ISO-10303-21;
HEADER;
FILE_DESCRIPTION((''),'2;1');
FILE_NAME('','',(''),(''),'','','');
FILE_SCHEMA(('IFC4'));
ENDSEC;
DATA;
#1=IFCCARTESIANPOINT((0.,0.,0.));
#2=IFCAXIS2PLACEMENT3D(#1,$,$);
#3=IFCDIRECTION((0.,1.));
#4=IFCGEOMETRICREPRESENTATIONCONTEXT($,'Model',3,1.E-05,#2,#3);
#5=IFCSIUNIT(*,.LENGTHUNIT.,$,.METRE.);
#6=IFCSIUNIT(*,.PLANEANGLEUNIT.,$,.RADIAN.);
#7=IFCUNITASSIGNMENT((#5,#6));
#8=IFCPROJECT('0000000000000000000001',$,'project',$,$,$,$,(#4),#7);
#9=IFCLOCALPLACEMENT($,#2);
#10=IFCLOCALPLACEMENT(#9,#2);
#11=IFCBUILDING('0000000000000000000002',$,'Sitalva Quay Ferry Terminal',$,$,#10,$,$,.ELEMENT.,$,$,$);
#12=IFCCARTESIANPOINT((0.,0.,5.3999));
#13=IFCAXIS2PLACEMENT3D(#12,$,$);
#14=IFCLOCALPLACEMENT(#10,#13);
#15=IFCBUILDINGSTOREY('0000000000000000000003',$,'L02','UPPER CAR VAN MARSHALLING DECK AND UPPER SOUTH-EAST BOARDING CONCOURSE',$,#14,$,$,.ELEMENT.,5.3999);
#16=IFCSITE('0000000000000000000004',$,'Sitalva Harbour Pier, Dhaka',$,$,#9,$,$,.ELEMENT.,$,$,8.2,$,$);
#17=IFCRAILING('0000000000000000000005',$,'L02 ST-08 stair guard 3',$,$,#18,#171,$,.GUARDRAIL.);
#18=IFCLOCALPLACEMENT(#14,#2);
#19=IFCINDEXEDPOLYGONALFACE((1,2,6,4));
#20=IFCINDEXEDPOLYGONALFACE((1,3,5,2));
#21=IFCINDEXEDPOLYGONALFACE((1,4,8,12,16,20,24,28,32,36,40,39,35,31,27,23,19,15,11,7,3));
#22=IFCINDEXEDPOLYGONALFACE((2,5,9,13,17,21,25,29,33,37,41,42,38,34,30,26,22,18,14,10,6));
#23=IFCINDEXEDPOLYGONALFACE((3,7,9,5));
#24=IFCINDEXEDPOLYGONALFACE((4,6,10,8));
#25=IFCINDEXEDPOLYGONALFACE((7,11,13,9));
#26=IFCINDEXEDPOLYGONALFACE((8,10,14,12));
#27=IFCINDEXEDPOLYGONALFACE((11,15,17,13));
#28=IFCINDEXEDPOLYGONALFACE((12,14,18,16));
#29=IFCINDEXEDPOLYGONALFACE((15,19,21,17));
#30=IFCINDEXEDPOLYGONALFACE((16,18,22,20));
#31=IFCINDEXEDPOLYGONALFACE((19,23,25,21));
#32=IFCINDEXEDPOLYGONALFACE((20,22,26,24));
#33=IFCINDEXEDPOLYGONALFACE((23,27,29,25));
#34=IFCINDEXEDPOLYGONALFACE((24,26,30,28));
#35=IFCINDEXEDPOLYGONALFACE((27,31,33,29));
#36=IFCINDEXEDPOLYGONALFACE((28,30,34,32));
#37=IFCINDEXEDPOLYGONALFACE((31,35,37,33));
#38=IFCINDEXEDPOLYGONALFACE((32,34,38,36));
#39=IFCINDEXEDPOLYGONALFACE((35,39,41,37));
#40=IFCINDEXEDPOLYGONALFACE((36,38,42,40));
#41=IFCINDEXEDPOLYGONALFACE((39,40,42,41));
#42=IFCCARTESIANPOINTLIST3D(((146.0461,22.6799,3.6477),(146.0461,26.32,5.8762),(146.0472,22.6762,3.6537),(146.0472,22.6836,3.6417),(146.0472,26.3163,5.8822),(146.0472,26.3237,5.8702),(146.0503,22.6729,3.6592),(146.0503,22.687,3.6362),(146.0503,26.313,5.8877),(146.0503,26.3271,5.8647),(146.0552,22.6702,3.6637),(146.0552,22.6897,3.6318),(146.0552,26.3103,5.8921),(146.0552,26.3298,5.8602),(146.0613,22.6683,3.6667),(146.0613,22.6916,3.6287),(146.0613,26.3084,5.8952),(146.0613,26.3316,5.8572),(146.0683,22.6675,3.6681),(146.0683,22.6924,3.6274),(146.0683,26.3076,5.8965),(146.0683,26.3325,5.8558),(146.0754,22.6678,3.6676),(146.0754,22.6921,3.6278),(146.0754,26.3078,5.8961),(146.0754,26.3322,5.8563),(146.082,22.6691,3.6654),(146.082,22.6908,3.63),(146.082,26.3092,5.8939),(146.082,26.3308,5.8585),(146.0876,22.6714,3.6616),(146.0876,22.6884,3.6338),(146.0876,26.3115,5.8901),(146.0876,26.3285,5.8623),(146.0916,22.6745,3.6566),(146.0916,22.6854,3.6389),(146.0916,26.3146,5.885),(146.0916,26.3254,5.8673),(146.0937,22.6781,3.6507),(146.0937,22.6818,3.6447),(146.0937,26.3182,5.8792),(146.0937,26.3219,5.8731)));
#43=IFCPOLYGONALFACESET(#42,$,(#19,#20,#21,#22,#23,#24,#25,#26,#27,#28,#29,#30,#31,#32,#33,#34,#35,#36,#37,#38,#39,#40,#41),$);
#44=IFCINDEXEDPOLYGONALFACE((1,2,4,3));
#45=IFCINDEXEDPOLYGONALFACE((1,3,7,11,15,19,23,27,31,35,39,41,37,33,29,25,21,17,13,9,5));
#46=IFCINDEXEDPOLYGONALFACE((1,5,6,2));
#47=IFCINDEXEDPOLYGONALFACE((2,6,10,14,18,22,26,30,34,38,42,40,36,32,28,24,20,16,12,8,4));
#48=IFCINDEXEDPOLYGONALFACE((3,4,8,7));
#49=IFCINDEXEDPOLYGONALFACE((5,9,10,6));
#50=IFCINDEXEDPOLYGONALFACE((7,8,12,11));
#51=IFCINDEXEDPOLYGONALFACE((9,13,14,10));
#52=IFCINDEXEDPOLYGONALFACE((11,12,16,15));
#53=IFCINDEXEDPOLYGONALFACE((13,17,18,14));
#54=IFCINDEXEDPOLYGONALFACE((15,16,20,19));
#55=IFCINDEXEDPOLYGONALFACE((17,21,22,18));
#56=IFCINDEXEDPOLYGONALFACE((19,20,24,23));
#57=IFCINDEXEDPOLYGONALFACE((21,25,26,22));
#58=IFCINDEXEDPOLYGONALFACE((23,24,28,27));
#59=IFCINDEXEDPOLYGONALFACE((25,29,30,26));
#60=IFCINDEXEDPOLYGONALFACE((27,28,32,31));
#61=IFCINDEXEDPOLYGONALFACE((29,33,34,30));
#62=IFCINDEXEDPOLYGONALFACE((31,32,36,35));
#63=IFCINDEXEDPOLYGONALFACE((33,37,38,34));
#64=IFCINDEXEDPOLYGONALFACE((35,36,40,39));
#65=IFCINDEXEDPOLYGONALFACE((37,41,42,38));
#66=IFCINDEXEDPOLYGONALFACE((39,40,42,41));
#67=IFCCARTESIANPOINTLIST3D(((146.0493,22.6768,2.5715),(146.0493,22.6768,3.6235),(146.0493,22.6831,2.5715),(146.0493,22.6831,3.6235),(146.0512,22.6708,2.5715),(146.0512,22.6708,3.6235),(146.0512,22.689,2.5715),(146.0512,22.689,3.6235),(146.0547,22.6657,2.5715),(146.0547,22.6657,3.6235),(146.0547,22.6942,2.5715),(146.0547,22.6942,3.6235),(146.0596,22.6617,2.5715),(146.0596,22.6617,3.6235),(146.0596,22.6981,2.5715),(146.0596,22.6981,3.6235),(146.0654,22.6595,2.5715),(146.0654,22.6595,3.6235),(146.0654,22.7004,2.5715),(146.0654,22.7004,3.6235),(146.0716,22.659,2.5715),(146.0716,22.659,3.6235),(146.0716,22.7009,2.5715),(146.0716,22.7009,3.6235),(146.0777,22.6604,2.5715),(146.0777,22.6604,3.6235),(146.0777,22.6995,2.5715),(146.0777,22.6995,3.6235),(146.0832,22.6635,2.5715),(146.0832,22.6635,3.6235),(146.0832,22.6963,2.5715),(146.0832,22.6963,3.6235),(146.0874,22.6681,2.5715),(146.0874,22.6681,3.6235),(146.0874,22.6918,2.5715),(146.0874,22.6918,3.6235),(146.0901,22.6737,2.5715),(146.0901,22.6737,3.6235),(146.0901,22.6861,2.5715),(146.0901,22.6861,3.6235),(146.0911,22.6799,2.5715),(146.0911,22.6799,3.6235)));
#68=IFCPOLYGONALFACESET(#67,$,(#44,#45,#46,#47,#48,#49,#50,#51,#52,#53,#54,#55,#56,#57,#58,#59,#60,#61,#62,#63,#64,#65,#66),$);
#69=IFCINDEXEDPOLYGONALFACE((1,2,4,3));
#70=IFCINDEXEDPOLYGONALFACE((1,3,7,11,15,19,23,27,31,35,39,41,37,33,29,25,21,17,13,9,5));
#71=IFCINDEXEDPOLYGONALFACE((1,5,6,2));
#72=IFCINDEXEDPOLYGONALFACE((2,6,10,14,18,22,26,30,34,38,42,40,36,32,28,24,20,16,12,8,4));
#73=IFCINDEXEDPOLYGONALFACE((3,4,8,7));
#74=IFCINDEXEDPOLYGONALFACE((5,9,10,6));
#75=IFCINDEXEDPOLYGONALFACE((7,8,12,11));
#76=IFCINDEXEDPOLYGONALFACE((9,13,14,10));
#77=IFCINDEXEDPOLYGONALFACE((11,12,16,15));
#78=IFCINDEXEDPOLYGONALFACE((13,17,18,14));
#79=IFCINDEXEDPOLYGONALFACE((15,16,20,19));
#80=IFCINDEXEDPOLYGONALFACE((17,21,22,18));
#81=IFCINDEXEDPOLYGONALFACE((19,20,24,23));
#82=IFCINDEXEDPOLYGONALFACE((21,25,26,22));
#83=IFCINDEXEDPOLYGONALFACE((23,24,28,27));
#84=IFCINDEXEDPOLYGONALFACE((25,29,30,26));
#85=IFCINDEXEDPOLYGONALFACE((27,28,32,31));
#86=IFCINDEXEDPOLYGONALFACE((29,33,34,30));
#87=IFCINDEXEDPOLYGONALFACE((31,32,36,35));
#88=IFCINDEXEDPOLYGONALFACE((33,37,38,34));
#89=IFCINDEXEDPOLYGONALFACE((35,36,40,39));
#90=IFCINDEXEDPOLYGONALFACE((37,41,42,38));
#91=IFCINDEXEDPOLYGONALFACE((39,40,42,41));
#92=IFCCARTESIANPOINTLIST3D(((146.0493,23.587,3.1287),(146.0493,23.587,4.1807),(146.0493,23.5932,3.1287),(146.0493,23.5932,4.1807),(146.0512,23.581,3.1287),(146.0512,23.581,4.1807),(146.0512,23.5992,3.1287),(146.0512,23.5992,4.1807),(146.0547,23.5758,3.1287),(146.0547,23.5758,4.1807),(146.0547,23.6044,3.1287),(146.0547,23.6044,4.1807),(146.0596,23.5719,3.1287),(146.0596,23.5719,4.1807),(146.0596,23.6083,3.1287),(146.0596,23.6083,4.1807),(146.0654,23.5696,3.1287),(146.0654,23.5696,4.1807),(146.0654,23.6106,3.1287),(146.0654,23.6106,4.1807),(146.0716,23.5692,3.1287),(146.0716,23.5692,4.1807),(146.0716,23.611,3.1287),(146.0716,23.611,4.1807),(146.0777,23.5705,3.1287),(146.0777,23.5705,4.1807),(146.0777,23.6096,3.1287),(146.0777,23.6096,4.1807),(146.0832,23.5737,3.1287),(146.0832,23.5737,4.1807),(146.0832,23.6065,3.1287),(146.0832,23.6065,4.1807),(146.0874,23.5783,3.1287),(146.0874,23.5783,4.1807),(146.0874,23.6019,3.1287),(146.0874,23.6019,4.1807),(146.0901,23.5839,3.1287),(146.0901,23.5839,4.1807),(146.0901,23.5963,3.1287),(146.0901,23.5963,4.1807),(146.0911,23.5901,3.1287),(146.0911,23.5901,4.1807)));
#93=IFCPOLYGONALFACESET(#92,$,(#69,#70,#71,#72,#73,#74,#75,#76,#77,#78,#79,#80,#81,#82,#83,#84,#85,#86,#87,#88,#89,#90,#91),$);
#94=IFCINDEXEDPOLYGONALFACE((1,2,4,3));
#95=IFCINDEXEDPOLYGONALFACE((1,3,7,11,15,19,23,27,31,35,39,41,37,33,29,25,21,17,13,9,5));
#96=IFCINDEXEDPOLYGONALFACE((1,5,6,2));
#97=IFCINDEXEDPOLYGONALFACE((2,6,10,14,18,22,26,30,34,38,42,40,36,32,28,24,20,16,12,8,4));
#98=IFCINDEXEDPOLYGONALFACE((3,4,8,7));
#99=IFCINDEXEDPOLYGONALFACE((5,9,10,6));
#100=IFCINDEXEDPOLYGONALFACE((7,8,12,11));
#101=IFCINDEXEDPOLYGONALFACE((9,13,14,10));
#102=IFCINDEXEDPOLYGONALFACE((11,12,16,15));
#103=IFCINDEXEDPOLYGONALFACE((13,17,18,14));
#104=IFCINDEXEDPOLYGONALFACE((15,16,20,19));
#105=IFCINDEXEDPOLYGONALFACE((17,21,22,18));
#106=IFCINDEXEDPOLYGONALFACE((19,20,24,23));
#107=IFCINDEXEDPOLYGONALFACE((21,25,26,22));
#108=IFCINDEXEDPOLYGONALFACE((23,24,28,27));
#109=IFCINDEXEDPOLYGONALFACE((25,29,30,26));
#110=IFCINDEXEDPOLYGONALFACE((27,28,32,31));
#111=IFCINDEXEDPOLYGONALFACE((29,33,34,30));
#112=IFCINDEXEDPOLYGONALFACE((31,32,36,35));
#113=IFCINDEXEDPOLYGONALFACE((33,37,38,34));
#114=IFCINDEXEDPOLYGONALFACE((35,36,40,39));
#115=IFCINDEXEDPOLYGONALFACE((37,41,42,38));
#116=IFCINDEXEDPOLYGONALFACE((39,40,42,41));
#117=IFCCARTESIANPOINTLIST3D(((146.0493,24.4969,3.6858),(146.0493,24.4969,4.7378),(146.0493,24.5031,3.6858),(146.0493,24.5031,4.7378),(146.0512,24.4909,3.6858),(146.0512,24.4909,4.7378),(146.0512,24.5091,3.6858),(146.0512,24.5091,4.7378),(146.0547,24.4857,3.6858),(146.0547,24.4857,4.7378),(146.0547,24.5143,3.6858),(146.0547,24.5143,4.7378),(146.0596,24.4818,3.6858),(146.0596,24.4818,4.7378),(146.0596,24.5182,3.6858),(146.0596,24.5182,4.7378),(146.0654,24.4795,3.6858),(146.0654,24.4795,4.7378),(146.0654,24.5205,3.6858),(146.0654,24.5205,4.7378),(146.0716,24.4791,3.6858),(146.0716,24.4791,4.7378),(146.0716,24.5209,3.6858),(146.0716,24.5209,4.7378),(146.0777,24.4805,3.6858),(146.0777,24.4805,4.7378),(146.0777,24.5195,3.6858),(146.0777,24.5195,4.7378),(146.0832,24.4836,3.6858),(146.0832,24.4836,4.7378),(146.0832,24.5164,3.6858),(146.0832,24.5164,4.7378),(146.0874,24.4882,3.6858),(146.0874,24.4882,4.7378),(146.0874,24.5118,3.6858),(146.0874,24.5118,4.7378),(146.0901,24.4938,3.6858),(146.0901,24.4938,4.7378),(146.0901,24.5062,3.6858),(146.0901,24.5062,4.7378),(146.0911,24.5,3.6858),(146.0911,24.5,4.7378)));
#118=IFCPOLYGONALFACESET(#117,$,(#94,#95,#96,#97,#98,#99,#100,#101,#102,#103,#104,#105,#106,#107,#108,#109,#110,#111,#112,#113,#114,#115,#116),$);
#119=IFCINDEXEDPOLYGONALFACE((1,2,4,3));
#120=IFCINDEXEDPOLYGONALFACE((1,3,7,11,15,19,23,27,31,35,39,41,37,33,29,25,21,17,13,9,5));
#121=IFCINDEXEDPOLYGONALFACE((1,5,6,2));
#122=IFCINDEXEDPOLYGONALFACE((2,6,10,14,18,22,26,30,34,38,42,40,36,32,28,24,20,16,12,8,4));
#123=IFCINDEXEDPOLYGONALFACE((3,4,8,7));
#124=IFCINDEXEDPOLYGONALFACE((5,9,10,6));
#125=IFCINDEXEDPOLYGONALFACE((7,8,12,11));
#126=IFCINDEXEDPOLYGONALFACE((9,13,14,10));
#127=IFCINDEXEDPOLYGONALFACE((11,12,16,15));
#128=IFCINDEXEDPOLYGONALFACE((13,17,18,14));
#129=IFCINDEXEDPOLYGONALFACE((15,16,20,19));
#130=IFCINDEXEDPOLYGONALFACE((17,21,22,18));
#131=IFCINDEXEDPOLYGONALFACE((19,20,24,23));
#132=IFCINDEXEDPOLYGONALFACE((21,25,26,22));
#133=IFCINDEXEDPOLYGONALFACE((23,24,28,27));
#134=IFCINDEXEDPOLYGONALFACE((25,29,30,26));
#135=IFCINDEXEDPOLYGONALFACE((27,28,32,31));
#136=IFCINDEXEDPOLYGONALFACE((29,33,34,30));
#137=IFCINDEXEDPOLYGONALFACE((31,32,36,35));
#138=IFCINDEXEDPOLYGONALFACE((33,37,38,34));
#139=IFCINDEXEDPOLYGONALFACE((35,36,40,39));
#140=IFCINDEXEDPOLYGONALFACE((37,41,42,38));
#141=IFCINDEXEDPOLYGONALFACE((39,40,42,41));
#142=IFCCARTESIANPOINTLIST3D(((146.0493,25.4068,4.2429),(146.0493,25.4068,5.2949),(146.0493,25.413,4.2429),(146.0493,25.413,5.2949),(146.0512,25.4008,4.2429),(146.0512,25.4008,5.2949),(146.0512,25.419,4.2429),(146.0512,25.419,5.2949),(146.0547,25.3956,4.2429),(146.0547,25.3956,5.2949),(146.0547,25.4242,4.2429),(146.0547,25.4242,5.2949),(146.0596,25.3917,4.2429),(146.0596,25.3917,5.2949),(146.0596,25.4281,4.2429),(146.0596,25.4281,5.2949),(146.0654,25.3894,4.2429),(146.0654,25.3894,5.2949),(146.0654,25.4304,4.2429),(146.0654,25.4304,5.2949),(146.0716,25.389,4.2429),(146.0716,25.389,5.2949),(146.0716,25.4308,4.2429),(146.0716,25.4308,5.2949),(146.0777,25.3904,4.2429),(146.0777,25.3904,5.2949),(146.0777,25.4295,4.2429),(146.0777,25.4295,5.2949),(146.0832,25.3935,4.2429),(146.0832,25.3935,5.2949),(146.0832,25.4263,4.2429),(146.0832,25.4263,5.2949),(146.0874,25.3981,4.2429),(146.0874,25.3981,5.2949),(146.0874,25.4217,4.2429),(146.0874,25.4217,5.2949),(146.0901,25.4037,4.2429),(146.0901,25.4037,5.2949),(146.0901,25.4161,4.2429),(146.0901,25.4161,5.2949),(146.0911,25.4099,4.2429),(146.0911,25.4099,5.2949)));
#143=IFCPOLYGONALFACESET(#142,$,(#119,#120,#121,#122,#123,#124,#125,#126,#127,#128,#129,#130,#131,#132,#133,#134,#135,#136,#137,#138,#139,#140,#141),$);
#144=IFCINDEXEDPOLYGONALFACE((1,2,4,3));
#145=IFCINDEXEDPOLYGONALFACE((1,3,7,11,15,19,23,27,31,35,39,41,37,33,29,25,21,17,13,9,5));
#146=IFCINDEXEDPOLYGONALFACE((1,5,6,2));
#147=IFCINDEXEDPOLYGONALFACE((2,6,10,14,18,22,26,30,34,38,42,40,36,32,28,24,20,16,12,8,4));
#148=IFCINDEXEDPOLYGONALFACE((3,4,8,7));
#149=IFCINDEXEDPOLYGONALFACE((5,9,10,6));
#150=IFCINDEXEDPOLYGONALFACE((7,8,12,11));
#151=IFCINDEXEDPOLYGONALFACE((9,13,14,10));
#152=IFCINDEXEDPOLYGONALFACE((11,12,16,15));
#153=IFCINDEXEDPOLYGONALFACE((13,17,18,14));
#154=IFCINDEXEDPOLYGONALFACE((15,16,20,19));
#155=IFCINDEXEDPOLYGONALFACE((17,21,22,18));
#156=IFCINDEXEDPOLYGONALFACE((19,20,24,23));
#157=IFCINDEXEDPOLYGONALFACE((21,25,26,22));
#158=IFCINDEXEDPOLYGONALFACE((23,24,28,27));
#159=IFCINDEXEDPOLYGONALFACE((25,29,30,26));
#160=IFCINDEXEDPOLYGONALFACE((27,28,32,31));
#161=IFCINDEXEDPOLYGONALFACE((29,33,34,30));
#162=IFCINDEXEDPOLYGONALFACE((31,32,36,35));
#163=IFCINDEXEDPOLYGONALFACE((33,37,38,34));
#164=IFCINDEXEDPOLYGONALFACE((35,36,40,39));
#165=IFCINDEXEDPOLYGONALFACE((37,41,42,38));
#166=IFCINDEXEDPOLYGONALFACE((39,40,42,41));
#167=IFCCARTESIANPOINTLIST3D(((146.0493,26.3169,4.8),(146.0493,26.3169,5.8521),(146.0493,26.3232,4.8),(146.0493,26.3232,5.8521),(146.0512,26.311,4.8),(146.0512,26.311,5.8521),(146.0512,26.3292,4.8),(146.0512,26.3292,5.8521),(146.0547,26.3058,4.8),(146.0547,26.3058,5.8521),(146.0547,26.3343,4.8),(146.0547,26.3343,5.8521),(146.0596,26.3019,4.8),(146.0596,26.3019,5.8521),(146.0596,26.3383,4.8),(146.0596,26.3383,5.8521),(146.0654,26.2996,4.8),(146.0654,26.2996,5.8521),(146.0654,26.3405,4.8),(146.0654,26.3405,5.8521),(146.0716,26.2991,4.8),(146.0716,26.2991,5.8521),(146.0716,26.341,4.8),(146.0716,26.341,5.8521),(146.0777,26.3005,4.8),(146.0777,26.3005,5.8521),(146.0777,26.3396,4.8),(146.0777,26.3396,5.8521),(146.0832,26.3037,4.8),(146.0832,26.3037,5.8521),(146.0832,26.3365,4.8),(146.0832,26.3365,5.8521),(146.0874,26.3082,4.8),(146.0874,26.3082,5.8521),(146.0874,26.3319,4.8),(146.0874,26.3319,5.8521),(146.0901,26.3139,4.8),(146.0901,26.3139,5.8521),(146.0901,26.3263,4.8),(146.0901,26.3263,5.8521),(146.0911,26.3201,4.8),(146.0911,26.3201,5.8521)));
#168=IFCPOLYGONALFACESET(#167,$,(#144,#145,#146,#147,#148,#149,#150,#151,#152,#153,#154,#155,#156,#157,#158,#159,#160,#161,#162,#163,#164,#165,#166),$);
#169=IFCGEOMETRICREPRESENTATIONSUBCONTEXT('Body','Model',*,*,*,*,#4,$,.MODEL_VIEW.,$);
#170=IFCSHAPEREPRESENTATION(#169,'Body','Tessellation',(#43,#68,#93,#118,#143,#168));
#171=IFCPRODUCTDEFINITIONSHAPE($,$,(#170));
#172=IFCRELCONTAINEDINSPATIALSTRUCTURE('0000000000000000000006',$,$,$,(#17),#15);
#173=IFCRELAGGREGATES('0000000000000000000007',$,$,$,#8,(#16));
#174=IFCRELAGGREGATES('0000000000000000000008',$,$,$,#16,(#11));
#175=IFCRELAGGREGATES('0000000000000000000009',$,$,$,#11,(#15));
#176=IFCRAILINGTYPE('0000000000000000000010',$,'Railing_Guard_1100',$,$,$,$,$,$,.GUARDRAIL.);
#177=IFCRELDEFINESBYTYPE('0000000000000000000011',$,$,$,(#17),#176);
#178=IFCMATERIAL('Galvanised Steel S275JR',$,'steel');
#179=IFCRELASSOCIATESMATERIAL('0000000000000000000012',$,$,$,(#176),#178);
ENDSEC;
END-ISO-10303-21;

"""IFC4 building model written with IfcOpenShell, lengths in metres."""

from ifc_helpers import new_model, si_unit, direction, frame, origin, origin_2d, place, context, subcontext, project, spatial, circle, extrude, material, type_object, element, save


model = new_model("IFC4")

# Units and contexts
model_context = context("Model", 3, precision=1e-05, world=origin(), true_north=direction((0.0, 1.0)))
body_context = subcontext(model_context, "Body", "Model", "MODEL_VIEW")
ifc_project = project(units=[si_unit("LENGTHUNIT", "METRE"), si_unit("PLANEANGLEUNIT", "RADIAN")], contexts=[model_context])

# Site, building, storey
site_placement = place(None, origin())
site = spatial("IfcSite", under=ifc_project, at=site_placement, Name="Sitalva Harbour Pier, Dhaka", CompositionType="ELEMENT", RefElevation=8.2)
building_placement = place(site_placement, origin())
building = spatial("IfcBuilding", under=site, at=building_placement, Name="Sitalva Quay Ferry Terminal", CompositionType="ELEMENT")
storey_placement = place(building_placement, frame((0.0, 0.0, 5.3999)))
storey = spatial("IfcBuildingStorey", under=building, at=storey_placement, Name="L02", Description="UPPER CAR VAN MARSHALLING DECK AND UPPER SOUTH-EAST BOARDING CONCOURSE", CompositionType="ELEMENT", Elevation=5.3999)

# Railing
ifc_material_1 = material(Name="Galvanised Steel S275JR", Category="steel")
railing_type_1 = type_object("IfcRailingType", Name="Railing_Guard_1100", PredefinedType="GUARDRAIL", material=ifc_material_1)
railing_1_placement = place(storey_placement, frame((146.0701, 22.6799, 2.5715)))
element("IfcRailing", 1, at=railing_1_placement, inside=storey, type_object=railing_type_1, Name="L02 ST-08 stair guard 3", PredefinedType="GUARDRAIL", context=body_context, shape_type="SweptSolid", body=[
    extrude(circle(Radius=0.0239, at=origin_2d()), frame((0.0, 0.0, 1.0762), z_axis=(0.0, 0.852866, 0.52213), x_axis=(-1.0, 0.0, 0.0)), (0.0, 0.0, 1.0), 4.2681),
    extrude(circle(Radius=0.021, at=origin_2d()), origin(), (0.0, 0.0, 1.0), 1.052),
    extrude(circle(Radius=0.021, at=origin_2d()), frame((0.0, 0.9102, 0.5571)), (0.0, 0.0, 1.0), 1.052),
    extrude(circle(Radius=0.021, at=origin_2d()), frame((0.0, 1.8201, 1.1143)), (0.0, 0.0, 1.0), 1.052),
    extrude(circle(Radius=0.021, at=origin_2d()), frame((0.0, 2.73, 1.6714)), (0.0, 0.0, 1.0), 1.052),
    extrude(circle(Radius=0.021, at=origin_2d()), frame((0.0, 3.6401, 2.2285)), (0.0, 0.0, 1.0), 1.052),
])

save(model, "model.ifc")
